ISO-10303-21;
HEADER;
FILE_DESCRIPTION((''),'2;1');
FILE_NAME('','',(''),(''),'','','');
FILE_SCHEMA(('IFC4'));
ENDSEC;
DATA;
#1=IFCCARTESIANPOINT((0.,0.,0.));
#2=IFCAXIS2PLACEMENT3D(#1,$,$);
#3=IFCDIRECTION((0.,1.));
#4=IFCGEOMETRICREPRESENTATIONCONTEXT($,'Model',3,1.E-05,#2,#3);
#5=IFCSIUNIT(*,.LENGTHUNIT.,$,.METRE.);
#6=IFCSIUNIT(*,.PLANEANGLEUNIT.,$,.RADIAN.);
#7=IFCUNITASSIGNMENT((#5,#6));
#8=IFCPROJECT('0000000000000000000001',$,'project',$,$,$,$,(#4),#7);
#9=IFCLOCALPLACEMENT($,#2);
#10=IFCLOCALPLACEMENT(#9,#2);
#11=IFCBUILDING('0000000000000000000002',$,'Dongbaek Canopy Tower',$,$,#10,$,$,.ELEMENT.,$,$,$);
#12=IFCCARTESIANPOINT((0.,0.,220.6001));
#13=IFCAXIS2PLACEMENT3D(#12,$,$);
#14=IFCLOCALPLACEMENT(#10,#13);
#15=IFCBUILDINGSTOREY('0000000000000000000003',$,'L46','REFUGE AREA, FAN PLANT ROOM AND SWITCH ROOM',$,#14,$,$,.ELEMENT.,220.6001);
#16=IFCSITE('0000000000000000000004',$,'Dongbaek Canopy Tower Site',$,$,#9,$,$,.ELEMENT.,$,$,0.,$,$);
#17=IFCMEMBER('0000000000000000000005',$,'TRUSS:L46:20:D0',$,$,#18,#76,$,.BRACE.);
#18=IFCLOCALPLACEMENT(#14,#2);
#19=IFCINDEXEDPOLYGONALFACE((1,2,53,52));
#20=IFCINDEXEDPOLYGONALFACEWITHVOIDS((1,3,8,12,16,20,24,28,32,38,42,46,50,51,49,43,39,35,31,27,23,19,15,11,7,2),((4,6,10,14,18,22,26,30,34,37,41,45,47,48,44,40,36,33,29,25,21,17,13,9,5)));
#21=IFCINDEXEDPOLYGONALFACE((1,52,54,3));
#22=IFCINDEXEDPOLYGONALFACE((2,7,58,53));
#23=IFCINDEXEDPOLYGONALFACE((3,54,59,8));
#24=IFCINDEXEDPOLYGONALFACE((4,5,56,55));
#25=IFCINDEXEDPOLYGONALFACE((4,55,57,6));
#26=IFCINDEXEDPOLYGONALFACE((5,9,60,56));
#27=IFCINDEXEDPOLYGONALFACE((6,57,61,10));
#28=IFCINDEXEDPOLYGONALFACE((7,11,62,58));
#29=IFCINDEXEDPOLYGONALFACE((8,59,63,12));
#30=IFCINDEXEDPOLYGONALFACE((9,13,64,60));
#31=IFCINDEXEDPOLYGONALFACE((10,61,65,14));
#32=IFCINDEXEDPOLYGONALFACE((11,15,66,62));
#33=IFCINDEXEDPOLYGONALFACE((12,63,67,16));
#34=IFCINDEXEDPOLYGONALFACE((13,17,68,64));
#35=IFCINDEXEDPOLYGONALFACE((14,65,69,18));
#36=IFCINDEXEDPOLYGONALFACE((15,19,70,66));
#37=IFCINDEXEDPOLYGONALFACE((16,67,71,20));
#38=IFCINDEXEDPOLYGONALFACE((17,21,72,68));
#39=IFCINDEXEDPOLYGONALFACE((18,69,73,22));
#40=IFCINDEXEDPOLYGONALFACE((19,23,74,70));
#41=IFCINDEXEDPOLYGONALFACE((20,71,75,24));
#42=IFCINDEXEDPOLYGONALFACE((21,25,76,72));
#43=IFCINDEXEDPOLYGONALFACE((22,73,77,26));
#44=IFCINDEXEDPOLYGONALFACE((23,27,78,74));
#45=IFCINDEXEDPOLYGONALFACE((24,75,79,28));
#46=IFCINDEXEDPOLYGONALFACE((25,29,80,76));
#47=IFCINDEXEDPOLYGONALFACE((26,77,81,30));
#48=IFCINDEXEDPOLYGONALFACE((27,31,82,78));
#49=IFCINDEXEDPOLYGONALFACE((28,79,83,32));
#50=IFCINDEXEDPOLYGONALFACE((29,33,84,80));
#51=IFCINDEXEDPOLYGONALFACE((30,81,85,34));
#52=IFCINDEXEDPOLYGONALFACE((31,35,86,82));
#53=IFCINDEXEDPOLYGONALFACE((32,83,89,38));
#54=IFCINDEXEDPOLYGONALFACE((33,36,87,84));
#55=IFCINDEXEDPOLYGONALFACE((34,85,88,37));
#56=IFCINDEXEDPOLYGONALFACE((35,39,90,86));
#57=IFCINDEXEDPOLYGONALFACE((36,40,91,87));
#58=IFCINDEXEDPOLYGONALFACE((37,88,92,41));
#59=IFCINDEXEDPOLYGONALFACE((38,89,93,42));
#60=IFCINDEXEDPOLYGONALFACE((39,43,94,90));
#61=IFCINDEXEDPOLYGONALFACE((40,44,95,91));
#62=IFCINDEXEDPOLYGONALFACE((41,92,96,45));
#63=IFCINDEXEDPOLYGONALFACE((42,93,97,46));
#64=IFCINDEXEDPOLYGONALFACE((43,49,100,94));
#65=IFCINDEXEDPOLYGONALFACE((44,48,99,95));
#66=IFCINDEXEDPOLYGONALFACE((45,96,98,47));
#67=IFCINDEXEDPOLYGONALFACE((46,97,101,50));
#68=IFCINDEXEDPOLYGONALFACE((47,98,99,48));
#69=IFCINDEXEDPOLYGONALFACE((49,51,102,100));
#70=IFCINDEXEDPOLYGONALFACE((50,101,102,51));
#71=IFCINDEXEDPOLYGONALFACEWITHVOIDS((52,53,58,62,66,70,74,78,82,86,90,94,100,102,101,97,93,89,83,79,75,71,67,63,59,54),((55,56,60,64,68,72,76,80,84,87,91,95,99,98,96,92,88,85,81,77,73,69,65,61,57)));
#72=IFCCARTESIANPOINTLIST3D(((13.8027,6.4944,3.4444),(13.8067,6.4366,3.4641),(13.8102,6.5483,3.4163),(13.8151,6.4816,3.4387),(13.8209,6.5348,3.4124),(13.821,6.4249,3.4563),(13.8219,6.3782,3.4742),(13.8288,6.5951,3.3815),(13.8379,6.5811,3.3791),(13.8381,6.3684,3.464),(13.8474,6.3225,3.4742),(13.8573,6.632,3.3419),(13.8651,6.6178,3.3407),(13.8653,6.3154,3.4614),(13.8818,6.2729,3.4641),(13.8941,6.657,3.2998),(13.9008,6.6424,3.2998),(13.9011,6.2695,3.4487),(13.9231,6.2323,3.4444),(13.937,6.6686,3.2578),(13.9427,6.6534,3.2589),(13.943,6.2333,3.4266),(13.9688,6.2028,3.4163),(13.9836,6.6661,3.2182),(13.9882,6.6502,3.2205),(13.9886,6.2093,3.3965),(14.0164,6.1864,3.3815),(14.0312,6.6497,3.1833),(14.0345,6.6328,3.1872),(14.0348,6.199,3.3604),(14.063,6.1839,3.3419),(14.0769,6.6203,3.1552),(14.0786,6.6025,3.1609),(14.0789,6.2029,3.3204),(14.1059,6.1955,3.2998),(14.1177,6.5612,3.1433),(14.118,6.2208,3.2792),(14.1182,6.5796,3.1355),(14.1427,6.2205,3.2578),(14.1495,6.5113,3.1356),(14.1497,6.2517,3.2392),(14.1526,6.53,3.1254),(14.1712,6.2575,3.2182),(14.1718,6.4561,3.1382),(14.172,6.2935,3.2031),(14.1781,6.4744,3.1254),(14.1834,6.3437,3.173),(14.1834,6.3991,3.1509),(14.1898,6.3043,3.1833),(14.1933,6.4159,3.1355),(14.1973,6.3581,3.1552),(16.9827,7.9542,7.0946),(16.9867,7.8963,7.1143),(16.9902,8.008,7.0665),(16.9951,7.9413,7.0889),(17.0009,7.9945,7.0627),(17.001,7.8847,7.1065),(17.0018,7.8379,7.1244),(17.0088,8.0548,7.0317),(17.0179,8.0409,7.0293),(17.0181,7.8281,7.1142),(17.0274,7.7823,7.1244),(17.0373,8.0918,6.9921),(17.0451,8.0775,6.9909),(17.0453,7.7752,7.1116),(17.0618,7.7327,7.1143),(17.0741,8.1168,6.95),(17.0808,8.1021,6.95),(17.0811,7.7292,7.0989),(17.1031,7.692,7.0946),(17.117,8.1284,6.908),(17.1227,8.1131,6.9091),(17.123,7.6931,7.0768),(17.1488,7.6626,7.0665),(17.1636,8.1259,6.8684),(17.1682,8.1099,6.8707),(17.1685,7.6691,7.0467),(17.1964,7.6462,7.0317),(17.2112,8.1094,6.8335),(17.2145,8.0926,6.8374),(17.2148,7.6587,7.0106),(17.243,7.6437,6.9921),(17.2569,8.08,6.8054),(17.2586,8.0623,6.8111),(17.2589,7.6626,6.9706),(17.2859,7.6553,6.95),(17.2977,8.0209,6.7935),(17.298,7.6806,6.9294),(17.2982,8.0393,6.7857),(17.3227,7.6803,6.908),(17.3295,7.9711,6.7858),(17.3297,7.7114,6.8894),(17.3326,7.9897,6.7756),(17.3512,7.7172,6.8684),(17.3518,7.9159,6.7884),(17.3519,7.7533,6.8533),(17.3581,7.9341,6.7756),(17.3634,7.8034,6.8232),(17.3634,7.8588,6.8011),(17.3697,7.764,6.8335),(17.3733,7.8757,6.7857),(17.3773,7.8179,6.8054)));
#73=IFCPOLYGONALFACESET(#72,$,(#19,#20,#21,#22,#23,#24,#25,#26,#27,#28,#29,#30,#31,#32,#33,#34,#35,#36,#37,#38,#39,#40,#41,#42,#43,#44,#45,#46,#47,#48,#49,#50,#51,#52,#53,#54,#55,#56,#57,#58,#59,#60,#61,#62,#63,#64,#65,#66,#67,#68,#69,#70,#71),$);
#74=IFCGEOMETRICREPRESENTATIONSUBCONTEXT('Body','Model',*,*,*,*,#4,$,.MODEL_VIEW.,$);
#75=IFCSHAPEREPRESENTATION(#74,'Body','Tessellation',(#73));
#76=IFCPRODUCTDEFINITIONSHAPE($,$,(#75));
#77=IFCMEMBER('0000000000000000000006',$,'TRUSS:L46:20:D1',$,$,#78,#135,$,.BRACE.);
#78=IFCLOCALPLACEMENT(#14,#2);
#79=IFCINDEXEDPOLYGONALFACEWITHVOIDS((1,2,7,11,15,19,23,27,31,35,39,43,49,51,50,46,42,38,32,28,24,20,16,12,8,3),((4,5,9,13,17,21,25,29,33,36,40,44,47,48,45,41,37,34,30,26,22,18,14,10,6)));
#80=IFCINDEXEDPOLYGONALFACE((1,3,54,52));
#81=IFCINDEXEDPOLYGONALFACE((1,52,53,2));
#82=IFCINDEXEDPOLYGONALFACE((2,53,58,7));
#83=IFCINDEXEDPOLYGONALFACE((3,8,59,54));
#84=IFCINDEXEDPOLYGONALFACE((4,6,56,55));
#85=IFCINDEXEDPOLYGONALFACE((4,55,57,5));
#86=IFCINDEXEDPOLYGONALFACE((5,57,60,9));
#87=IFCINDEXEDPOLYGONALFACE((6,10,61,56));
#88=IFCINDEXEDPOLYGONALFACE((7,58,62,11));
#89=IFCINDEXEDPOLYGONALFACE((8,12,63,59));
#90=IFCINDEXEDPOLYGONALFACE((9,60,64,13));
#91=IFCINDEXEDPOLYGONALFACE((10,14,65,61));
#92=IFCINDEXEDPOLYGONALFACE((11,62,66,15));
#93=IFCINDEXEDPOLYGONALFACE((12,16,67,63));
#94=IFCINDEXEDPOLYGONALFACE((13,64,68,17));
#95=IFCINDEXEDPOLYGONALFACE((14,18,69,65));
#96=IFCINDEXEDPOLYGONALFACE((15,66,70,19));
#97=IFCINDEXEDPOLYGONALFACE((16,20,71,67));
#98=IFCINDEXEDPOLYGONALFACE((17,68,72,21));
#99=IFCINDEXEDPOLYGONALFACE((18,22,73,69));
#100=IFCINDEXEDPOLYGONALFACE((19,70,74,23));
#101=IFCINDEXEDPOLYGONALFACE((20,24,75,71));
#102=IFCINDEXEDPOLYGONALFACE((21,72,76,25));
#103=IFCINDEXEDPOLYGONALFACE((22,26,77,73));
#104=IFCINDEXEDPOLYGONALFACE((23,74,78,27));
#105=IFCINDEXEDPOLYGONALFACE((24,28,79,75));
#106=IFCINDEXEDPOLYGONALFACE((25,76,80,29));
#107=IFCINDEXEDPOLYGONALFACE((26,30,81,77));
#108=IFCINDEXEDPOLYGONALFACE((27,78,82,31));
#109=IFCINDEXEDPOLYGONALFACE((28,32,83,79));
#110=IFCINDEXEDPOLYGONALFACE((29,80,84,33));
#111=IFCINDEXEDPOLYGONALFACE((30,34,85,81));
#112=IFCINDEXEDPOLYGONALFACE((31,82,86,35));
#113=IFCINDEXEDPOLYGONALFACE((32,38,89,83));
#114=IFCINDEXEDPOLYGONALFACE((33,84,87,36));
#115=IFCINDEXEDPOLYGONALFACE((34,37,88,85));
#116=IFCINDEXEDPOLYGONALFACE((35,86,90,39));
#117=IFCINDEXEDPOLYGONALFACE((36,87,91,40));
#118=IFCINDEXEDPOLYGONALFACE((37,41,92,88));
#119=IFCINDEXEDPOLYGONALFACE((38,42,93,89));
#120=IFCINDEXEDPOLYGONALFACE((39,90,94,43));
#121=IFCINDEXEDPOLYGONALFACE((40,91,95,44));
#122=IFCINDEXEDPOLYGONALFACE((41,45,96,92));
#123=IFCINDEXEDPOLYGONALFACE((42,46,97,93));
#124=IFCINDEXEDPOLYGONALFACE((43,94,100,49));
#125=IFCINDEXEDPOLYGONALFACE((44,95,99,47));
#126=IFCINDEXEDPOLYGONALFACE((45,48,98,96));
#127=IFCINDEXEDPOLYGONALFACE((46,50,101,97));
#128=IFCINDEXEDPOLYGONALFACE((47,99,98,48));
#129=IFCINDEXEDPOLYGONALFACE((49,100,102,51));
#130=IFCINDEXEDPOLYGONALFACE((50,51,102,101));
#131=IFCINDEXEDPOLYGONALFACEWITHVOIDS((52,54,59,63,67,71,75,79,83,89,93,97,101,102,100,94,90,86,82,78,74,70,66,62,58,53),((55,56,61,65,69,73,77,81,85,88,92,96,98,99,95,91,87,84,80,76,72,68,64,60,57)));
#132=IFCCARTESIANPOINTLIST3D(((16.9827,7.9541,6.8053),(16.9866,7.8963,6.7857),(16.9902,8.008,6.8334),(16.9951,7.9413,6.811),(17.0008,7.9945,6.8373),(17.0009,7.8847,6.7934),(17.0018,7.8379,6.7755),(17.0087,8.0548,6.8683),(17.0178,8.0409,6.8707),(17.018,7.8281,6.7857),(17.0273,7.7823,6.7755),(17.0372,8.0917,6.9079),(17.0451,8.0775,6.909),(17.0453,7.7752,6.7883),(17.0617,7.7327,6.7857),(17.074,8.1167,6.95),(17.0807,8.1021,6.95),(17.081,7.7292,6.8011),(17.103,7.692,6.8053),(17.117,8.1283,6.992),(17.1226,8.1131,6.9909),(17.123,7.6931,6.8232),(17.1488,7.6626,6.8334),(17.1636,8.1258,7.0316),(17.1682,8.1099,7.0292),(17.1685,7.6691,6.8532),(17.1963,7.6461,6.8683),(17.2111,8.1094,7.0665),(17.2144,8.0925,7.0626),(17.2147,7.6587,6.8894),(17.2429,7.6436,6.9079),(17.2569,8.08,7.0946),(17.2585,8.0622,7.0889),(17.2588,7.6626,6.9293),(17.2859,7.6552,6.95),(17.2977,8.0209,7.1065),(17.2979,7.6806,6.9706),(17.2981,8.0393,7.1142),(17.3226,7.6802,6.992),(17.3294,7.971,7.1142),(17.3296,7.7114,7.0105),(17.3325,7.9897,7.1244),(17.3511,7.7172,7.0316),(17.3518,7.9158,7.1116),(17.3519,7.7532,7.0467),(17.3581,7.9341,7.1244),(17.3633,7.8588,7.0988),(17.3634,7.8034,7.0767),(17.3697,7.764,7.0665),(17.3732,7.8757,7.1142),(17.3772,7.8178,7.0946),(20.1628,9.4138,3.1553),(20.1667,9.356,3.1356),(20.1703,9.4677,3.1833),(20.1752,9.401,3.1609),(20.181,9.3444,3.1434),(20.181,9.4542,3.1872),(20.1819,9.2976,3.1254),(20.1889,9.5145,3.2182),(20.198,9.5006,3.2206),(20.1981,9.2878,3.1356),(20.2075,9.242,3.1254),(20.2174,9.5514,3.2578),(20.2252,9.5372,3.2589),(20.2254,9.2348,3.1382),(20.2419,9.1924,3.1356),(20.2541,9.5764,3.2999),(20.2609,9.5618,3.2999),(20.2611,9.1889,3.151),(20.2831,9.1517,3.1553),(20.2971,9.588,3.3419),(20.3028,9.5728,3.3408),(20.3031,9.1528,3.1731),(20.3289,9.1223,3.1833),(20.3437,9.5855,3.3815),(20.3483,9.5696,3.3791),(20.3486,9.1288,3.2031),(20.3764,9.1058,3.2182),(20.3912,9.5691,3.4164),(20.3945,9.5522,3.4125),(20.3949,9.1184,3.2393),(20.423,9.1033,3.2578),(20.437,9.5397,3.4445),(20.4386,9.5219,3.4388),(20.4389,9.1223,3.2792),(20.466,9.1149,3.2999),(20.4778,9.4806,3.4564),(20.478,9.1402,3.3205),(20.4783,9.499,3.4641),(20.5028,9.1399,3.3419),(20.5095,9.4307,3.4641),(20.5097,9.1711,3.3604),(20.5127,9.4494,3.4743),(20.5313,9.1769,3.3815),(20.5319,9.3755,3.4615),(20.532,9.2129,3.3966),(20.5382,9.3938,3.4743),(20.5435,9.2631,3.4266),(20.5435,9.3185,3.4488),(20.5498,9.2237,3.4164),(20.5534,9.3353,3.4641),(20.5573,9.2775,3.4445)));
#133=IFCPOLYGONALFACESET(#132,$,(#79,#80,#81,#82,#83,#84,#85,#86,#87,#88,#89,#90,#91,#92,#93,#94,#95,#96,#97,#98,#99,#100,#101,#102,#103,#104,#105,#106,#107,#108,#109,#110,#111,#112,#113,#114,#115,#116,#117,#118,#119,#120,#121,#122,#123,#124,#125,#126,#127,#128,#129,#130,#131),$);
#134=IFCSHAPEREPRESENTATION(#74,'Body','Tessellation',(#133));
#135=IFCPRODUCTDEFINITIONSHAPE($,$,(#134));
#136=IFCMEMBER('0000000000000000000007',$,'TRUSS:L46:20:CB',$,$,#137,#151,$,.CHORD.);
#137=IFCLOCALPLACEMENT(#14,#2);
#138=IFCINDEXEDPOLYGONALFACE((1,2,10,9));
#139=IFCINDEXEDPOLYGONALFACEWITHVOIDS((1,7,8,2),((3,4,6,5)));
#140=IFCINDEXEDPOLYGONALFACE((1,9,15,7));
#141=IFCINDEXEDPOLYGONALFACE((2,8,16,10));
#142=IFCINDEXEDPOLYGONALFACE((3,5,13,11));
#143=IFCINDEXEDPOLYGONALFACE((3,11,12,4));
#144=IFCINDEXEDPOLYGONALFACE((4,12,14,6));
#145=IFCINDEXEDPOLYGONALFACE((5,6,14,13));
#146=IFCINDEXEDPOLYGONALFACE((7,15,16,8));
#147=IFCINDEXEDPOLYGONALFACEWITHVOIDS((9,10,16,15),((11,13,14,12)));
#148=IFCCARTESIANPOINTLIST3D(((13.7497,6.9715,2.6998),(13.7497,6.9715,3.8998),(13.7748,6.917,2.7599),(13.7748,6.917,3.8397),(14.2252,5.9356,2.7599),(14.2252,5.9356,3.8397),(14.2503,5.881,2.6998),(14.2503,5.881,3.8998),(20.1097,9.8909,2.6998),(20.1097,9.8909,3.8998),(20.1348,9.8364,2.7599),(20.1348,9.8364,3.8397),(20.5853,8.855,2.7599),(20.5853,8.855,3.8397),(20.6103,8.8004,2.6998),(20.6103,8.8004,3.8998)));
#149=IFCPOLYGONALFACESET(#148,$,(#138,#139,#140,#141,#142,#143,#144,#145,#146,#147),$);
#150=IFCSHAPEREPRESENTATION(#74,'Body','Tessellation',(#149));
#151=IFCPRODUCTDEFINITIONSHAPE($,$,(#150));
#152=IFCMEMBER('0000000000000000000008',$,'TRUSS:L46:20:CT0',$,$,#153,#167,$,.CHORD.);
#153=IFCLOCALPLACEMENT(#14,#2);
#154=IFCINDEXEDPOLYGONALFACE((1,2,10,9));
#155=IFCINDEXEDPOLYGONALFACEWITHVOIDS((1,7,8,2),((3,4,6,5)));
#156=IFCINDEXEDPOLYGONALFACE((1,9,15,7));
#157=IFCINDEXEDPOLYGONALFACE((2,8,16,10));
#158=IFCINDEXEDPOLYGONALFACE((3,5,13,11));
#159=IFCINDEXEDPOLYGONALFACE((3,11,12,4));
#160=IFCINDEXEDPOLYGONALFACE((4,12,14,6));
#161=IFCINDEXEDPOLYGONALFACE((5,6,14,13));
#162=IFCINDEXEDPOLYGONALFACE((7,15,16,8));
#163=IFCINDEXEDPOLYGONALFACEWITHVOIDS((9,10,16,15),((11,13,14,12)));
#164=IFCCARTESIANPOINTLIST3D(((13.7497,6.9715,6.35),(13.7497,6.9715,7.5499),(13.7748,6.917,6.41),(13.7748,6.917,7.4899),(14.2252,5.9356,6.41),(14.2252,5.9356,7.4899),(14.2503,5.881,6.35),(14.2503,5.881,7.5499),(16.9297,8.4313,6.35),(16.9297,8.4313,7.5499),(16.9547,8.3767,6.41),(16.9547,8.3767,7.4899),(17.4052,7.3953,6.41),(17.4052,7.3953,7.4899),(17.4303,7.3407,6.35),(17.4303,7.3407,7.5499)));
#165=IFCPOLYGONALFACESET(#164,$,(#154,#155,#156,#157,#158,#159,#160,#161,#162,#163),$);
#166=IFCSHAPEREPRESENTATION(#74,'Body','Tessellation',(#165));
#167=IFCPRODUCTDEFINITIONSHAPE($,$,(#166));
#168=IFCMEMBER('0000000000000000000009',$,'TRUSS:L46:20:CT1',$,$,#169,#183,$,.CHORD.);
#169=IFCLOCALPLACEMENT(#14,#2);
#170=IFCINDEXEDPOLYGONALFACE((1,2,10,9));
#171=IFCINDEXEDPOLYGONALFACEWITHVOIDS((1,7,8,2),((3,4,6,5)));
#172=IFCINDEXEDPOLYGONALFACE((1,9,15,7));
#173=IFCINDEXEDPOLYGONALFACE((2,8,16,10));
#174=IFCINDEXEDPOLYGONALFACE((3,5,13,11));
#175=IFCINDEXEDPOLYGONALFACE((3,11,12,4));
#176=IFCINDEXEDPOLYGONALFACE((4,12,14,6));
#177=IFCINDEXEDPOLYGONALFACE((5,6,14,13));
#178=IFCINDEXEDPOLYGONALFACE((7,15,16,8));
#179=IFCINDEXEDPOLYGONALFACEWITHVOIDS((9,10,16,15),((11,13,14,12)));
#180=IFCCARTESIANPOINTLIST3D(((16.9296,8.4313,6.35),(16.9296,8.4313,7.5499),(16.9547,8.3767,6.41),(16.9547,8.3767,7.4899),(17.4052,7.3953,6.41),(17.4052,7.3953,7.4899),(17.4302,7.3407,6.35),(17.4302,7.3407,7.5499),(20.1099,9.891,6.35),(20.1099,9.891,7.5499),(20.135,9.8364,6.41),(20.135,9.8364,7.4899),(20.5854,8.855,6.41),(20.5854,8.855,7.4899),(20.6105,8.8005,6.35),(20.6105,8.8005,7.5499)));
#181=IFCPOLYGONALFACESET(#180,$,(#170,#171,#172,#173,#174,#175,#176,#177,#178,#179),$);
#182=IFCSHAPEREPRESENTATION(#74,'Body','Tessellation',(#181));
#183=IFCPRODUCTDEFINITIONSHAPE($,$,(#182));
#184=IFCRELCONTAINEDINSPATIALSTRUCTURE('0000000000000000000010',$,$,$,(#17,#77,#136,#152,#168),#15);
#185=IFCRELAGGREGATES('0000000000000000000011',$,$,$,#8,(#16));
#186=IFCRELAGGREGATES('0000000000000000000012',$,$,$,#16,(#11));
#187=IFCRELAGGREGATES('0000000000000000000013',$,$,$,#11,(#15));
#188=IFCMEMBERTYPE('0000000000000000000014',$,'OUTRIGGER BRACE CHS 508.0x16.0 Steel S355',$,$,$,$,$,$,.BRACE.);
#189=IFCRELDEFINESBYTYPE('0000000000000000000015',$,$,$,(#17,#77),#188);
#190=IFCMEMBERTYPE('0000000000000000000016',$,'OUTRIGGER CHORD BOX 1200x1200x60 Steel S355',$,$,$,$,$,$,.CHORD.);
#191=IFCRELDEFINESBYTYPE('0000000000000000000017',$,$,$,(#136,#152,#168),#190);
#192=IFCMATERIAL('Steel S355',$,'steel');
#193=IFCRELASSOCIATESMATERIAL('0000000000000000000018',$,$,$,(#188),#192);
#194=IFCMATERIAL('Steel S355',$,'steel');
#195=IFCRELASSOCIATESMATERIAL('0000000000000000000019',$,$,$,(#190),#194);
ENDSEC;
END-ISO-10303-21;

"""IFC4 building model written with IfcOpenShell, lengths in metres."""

from ifc_helpers import new_model, si_unit, direction, frame, origin, origin_2d, place, context, subcontext, project, spatial, hollow_rectangle, hollow_circle, extrude, material, material_profile, profile_set, type_object, element, save


model = new_model("IFC4")

# Units and contexts
model_context = context("Model", 3, precision=1e-05, world=origin(), true_north=direction((0.0, 1.0)))
body_context = subcontext(model_context, "Body", "Model", "MODEL_VIEW")
ifc_project = project(units=[si_unit("LENGTHUNIT", "METRE"), si_unit("PLANEANGLEUNIT", "RADIAN")], contexts=[model_context])

# Site, building, storey
site_placement = place(None, origin())
site = spatial("IfcSite", under=ifc_project, at=site_placement, Name="Dongbaek Canopy Tower Site", CompositionType="ELEMENT", RefElevation=0.0)
building_placement = place(site_placement, origin())
building = spatial("IfcBuilding", under=site, at=building_placement, Name="Dongbaek Canopy Tower", CompositionType="ELEMENT")
storey_placement = place(building_placement, frame((0.0, 0.0, 220.6001)))
storey = spatial("IfcBuildingStorey", under=building, at=storey_placement, Name="L46", Description="REFUGE AREA, FAN PLANT ROOM AND SWITCH ROOM", CompositionType="ELEMENT", Elevation=220.6001)

# Members
ifc_material_1 = material(Name="Steel S355", Category="steel")
ifc_material_profile_1 = material_profile(ifc_material_1, hollow_circle(Radius=0.2539, WallThickness=0.0161, at=origin_2d()), Name="OUTRIGGER BRACE CHS 508.0x16.0 Steel S355")
ifc_profile_set_1 = profile_set([ifc_material_profile_1], Name="Steel S355")
member_type_1 = type_object("IfcMemberType", Name="OUTRIGGER BRACE CHS 508.0x16.0 Steel S355", PredefinedType="BRACE", material=ifc_profile_set_1)
for number, where, z_axis, x_axis, name in (
    (1, (14.0, 6.4263, 3.2998), (0.628903, 0.288692, 0.721899), (-0.417186, 0.908821, 0.0), "TRUSS:L46:20:D0"),
    (2, (17.1799, 7.886, 6.95), (0.628932, 0.288683, -0.721877), (-0.417159, 0.908833, 0.0), "TRUSS:L46:20:D1"),
):
    element("IfcMember", number, at=place(storey_placement, frame(where, z_axis=z_axis, x_axis=x_axis)), inside=storey, type_object=member_type_1, Name=name, PredefinedType="BRACE", context=body_context, shape_type="SweptSolid", body=[
        extrude(hollow_circle(Radius=0.2539, WallThickness=0.0161, at=origin_2d()), origin(), (0.0, 0.0, 1.0), 5.0564),
    ])
ifc_material_2 = material(Name="Steel S355", Category="steel")
ifc_material_profile_2 = material_profile(ifc_material_2, hollow_rectangle(XDim=1.2, YDim=1.2, WallThickness=0.0601, at=origin_2d()), Name="OUTRIGGER CHORD BOX 1200x1200x60 Steel S355")
ifc_profile_set_2 = profile_set([ifc_material_profile_2], Name="Steel S355")
member_type_2 = type_object("IfcMemberType", Name="OUTRIGGER CHORD BOX 1200x1200x60 Steel S355", PredefinedType="CHORD", material=ifc_profile_set_2)
member_1_placement = place(storey_placement, frame((14.0, 6.4263, 3.2998), z_axis=(0.908827, 0.417172, 0.0), x_axis=(-0.417172, 0.908827, 0.0)))
element("IfcMember", 3, at=member_1_placement, inside=storey, type_object=member_type_2, Name="TRUSS:L46:20:CB", PredefinedType="CHORD", context=body_context, shape_type="SweptSolid", body=[
    extrude(hollow_rectangle(XDim=1.2, YDim=1.2, WallThickness=0.0601, at=origin_2d()), origin(), (0.0, 0.0, 1.0), 6.998),
])
member_2_placement = place(storey_placement, frame((14.0, 6.4263, 6.95), z_axis=(0.908821, 0.417186, 0.0), x_axis=(-0.417186, 0.908821, 0.0)))
element("IfcMember", 4, at=member_2_placement, inside=storey, type_object=member_type_2, Name="TRUSS:L46:20:CT0", PredefinedType="CHORD", context=body_context, shape_type="SweptSolid", body=[
    extrude(hollow_rectangle(XDim=1.2, YDim=1.2, WallThickness=0.0601, at=origin_2d()), origin(), (0.0, 0.0, 1.0), 3.499),
])
member_3_placement = place(storey_placement, frame((17.1799, 7.886, 6.95), z_axis=(0.908833, 0.417159, 0.0), x_axis=(-0.417159, 0.908833, 0.0)))
element("IfcMember", 5, at=member_3_placement, inside=storey, type_object=member_type_2, Name="TRUSS:L46:20:CT1", PredefinedType="CHORD", context=body_context, shape_type="SweptSolid", body=[
    extrude(hollow_rectangle(XDim=1.2, YDim=1.2, WallThickness=0.0601, at=origin_2d()), origin(), (0.0, 0.0, 1.0), 3.4993),
])

save(model, "model.ifc")
